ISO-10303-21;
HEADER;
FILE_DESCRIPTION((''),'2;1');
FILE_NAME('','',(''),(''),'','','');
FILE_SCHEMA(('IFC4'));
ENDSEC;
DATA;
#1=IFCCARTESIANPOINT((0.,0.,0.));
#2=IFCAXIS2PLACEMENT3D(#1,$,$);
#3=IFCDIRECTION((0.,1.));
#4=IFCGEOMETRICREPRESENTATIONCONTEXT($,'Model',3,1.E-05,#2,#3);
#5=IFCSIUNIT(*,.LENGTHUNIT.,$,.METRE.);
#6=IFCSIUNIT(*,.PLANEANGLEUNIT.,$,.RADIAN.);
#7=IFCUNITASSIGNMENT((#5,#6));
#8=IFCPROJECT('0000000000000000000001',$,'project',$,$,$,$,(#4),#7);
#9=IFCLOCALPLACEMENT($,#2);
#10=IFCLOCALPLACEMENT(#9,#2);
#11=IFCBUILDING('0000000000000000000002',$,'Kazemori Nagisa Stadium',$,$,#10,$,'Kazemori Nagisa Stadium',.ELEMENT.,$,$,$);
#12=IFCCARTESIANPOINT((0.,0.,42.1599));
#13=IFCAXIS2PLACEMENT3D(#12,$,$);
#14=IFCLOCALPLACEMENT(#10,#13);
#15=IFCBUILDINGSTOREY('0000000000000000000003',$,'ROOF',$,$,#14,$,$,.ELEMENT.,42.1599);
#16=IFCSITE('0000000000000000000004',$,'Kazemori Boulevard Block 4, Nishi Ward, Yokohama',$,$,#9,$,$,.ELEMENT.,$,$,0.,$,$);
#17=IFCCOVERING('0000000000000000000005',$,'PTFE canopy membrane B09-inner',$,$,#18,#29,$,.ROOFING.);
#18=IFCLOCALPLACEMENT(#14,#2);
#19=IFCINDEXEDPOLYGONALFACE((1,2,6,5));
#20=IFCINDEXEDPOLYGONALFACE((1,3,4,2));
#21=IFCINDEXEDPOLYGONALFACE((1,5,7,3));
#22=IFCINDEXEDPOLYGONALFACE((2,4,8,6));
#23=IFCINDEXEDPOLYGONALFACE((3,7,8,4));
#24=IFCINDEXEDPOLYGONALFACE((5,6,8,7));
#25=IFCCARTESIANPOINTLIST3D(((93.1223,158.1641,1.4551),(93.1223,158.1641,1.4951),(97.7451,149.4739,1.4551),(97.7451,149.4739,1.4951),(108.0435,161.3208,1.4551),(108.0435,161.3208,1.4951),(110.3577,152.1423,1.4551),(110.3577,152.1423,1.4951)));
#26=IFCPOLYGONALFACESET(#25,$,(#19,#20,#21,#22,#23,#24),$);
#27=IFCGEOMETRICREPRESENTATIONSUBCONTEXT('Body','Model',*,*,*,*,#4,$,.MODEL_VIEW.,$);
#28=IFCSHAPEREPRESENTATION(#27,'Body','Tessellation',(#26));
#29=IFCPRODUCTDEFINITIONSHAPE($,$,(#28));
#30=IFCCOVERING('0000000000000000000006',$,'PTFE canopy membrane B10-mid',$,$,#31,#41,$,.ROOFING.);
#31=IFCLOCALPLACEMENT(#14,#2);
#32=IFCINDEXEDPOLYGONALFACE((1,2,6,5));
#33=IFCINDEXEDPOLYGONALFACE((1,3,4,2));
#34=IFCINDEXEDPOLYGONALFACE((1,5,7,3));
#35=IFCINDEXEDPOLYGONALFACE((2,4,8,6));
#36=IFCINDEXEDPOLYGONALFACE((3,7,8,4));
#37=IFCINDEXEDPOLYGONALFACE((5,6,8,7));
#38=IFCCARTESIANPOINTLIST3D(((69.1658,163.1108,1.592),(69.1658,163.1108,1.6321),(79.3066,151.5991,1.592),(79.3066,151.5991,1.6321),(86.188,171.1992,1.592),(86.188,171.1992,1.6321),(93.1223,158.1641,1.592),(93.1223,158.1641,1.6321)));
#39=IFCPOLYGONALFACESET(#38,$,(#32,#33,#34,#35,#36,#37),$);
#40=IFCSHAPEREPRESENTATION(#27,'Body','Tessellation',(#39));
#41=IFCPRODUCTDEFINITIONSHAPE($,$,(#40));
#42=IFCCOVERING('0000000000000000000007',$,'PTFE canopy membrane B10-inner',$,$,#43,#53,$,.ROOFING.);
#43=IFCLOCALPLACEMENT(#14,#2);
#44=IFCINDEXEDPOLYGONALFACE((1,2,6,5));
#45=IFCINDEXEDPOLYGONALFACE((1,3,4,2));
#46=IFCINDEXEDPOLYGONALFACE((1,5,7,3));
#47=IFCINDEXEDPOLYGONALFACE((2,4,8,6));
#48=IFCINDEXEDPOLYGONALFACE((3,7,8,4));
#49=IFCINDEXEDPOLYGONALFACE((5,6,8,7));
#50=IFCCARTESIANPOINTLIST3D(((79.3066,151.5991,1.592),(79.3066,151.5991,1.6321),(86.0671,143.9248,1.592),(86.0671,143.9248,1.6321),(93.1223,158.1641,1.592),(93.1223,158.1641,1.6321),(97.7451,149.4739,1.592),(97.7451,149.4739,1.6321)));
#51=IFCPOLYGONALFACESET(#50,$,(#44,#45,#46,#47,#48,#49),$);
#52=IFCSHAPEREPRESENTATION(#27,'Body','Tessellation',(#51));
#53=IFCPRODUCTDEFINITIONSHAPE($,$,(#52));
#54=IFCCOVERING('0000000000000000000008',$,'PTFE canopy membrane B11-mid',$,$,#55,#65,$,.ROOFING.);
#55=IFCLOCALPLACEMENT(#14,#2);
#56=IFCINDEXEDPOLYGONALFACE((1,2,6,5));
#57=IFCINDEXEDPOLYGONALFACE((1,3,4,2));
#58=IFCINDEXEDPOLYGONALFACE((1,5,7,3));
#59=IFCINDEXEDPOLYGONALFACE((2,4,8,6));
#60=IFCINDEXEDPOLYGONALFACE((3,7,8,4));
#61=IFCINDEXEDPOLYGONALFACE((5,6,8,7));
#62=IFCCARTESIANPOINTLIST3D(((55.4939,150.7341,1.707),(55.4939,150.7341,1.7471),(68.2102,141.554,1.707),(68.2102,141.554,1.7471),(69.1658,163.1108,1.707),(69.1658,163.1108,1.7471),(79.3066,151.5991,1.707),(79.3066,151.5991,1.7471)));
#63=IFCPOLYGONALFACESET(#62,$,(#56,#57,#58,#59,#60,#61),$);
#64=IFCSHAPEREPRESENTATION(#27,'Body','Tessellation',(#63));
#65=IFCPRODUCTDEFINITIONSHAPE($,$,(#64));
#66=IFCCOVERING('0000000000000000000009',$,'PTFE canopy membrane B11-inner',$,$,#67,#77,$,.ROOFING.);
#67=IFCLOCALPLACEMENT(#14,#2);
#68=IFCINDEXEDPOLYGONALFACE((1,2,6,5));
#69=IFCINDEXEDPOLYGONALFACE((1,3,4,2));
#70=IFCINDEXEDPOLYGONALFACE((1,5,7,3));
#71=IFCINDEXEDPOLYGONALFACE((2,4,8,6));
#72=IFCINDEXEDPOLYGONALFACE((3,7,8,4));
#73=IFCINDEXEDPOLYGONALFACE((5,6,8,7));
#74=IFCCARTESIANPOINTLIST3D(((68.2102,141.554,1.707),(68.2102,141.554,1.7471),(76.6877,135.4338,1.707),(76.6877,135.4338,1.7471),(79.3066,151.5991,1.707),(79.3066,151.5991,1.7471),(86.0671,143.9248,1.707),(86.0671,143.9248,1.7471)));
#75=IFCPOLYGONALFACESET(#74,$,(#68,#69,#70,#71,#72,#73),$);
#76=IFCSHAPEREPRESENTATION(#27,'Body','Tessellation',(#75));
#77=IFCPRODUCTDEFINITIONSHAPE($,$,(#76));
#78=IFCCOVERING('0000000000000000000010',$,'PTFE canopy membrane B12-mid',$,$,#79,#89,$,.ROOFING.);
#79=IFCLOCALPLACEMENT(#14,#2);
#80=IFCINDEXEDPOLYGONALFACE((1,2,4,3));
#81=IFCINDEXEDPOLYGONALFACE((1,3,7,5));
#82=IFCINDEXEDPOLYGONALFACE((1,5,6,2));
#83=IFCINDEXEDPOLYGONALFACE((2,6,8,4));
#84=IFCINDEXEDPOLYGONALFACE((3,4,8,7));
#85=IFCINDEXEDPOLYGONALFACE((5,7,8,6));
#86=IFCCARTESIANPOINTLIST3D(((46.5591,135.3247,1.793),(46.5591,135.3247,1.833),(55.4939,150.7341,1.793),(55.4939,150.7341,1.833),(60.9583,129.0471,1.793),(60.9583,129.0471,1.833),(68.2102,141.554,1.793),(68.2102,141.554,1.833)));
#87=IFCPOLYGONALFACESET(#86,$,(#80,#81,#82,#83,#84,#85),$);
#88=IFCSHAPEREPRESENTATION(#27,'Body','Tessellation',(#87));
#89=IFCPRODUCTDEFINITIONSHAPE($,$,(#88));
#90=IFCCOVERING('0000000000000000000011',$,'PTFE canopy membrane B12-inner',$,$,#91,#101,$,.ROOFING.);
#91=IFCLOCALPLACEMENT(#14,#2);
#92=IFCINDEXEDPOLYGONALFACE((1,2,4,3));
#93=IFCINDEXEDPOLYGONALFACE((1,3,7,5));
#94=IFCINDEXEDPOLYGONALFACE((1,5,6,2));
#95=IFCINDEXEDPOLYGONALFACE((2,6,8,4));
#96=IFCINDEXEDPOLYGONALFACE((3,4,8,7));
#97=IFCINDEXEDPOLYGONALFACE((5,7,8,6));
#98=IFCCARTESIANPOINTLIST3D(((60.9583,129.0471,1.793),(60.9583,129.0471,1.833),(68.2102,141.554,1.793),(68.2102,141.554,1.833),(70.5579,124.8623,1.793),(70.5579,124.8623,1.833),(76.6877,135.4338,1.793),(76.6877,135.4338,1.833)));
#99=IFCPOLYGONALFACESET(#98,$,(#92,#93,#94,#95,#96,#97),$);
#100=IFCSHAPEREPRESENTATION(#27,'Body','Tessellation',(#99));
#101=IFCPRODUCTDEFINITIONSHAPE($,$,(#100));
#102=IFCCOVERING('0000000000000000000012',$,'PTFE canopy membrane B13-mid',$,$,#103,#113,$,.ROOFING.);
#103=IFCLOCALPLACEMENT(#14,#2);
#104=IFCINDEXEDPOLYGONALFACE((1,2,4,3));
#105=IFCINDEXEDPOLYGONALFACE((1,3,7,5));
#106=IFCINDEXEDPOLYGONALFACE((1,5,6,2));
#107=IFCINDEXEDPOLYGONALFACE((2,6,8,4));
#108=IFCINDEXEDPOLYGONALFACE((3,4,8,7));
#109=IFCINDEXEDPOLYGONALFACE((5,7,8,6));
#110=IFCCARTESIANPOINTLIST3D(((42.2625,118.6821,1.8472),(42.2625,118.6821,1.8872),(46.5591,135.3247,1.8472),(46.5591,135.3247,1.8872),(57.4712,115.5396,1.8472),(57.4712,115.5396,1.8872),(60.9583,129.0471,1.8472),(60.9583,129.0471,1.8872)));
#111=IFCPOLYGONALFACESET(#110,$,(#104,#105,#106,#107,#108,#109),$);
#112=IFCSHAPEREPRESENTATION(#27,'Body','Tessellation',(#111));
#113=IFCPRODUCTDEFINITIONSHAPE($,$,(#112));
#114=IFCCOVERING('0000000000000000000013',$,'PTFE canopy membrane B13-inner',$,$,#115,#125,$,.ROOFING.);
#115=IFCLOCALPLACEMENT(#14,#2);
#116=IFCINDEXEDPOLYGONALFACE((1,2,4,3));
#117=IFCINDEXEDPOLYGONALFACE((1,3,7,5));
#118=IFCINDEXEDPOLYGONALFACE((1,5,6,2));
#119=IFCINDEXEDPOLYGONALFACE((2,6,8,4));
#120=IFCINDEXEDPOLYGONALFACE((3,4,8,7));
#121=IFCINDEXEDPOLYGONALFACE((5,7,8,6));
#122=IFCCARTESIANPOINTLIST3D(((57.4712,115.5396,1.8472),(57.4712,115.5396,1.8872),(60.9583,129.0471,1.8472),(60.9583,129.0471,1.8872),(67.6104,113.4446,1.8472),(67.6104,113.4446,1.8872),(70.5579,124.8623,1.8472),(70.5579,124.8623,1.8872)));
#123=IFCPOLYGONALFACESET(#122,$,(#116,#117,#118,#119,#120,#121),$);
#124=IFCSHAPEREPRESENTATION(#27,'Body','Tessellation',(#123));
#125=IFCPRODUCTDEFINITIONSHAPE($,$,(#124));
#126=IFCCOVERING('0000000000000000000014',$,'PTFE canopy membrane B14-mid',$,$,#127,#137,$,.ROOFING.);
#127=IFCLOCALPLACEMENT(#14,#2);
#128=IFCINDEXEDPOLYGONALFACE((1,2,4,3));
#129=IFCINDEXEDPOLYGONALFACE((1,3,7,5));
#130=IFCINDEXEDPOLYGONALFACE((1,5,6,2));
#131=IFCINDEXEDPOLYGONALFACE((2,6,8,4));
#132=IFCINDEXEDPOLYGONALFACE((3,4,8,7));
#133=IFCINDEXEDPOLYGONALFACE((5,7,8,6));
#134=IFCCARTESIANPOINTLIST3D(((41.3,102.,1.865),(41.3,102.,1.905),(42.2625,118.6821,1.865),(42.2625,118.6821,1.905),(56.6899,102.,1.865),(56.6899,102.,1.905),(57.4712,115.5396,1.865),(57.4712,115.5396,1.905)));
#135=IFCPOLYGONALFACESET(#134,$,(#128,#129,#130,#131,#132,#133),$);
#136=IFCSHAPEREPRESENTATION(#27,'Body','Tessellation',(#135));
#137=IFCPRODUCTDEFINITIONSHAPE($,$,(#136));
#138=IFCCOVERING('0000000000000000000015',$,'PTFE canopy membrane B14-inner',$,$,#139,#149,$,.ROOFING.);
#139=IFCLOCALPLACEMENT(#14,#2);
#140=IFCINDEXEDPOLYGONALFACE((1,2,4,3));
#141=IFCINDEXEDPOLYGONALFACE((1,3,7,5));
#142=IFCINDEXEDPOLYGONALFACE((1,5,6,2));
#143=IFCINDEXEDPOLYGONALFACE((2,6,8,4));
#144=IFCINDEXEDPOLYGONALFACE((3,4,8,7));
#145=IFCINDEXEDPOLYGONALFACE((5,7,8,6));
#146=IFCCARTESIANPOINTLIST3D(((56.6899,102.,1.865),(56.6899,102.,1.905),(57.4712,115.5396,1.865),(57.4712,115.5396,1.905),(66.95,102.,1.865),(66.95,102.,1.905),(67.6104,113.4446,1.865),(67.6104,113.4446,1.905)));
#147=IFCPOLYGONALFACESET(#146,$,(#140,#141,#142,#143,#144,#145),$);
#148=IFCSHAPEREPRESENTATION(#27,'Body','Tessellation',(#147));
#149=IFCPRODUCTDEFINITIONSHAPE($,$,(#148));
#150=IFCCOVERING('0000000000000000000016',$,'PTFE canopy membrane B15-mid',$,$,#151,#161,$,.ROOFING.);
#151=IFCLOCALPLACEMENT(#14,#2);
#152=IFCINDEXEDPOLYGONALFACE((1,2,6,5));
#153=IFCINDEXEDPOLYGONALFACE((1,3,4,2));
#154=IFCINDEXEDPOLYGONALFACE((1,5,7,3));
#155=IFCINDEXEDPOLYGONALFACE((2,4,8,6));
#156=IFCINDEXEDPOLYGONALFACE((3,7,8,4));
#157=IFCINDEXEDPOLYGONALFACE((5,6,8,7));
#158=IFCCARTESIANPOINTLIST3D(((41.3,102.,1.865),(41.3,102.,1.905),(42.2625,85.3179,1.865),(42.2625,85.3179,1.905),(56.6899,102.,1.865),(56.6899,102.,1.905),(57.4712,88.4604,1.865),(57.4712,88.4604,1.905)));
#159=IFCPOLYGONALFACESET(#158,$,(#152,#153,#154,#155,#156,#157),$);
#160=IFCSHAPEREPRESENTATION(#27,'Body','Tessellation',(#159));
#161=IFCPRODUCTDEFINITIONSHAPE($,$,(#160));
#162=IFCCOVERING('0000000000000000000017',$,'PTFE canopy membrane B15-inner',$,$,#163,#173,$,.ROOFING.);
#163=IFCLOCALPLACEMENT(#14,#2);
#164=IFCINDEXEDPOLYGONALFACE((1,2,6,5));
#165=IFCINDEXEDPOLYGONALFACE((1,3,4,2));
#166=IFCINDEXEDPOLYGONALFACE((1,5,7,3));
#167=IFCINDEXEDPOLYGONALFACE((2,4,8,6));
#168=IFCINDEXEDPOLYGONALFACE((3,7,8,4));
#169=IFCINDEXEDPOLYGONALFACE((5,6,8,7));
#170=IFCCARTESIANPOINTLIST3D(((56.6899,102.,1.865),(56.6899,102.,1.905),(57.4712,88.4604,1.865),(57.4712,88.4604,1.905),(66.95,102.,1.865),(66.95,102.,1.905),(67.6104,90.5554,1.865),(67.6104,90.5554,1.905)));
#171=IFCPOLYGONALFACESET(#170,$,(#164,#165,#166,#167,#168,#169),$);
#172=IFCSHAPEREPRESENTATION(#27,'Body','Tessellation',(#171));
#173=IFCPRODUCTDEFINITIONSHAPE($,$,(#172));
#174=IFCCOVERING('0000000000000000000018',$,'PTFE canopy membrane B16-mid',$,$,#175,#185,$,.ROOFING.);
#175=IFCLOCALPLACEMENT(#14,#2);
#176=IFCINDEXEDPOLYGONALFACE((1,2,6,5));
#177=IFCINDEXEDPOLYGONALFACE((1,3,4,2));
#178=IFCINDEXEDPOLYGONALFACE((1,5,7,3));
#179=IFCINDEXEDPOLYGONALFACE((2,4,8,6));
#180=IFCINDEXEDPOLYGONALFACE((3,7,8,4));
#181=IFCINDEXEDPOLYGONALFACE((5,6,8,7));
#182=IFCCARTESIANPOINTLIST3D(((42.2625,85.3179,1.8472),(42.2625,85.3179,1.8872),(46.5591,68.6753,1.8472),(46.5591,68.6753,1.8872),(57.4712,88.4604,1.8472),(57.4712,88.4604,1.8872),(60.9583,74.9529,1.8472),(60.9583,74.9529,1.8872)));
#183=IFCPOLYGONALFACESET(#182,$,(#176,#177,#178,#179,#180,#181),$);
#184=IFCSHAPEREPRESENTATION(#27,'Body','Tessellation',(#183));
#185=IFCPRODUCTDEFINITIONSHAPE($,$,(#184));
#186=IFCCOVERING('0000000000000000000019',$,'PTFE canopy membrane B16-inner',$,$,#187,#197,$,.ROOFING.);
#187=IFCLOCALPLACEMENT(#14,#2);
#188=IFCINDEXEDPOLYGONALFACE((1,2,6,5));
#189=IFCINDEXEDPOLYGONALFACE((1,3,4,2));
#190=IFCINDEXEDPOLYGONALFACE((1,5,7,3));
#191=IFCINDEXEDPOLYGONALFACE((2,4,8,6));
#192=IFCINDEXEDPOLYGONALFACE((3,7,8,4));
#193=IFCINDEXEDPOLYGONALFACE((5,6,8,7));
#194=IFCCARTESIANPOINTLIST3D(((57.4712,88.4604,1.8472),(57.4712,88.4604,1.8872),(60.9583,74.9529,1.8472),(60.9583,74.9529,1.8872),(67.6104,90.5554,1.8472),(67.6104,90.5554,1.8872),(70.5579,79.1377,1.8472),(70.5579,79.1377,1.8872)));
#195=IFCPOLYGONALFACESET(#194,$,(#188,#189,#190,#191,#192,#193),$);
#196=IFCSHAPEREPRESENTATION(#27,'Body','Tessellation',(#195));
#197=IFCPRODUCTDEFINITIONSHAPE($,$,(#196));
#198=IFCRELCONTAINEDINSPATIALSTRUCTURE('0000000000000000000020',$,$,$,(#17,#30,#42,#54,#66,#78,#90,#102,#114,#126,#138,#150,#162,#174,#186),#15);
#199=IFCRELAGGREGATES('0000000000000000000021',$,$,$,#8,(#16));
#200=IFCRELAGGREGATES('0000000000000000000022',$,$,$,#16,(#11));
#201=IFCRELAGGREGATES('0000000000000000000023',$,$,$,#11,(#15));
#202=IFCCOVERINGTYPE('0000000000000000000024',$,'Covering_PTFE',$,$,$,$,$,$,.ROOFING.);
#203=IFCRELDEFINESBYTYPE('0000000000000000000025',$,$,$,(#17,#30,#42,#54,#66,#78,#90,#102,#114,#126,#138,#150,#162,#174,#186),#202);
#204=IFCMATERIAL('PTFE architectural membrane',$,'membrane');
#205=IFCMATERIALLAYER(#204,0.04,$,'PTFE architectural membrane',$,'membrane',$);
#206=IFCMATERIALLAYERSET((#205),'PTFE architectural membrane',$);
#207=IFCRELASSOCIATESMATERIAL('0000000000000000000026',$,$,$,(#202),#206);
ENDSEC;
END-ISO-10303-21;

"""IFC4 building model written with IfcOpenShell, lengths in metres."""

from ifc_helpers import new_model, si_unit, direction, frame, origin, place, context, subcontext, project, spatial, polyline, outline, extrude, material, layer, layer_set, type_object, element, save


model = new_model("IFC4")

# Units and contexts
model_context = context("Model", 3, precision=1e-05, world=origin(), true_north=direction((0.0, 1.0)))
body_context = subcontext(model_context, "Body", "Model", "MODEL_VIEW")
ifc_project = project(units=[si_unit("LENGTHUNIT", "METRE"), si_unit("PLANEANGLEUNIT", "RADIAN")], contexts=[model_context])

# Site, building, storey
site_placement = place(None, origin())
site = spatial("IfcSite", under=ifc_project, at=site_placement, Name="Kazemori Boulevard Block 4, Nishi Ward, Yokohama", CompositionType="ELEMENT", RefElevation=0.0)
building_placement = place(site_placement, origin())
building = spatial("IfcBuilding", under=site, at=building_placement, Name="Kazemori Nagisa Stadium", LongName="Kazemori Nagisa Stadium", CompositionType="ELEMENT")
storey_placement = place(building_placement, frame((0.0, 0.0, 42.1599)))
storey = spatial("IfcBuildingStorey", under=building, at=storey_placement, Name="ROOF", CompositionType="ELEMENT", Elevation=42.1599)

# Coverings
ifc_material_1 = material(Name="PTFE architectural membrane", Category="membrane")
ifc_layer_1 = layer(ifc_material_1, 0.04, Name="PTFE architectural membrane", Category="membrane")
ifc_layer_set_1 = layer_set([ifc_layer_1], Name="PTFE architectural membrane")
covering_type = type_object("IfcCoveringType", Name="Covering_PTFE", PredefinedType="ROOFING", material=ifc_layer_set_1)
covering_1_placement = place(storey_placement, frame((0.0, 0.0, 1.4551)))
element("IfcCovering", 1, at=covering_1_placement, inside=storey, type_object=covering_type, Name="PTFE canopy membrane B09-inner", PredefinedType="ROOFING", context=body_context, shape_type="SweptSolid", body=[
    extrude(outline(polyline([(108.0435, 161.3208), (93.1223, 158.1641), (97.7451, 149.4739), (110.3577, 152.1423), (108.0435, 161.3208)])), origin(), (0.0, 0.0, 1.0), 0.04),
])
covering_2_placement = place(storey_placement, frame((0.0, 0.0, 1.592)))
element("IfcCovering", 2, at=covering_2_placement, inside=storey, type_object=covering_type, Name="PTFE canopy membrane B10-mid", PredefinedType="ROOFING", context=body_context, shape_type="SweptSolid", body=[
    extrude(outline(polyline([(86.188, 171.1992), (69.1658, 163.1108), (79.3066, 151.5991), (93.1223, 158.1641), (86.188, 171.1992)])), origin(), (0.0, 0.0, 1.0), 0.04),
])
covering_3_placement = place(storey_placement, frame((0.0, 0.0, 1.592)))
element("IfcCovering", 3, at=covering_3_placement, inside=storey, type_object=covering_type, Name="PTFE canopy membrane B10-inner", PredefinedType="ROOFING", context=body_context, shape_type="SweptSolid", body=[
    extrude(outline(polyline([(93.1223, 158.1641), (79.3066, 151.5991), (86.0671, 143.9248), (97.7451, 149.4739), (93.1223, 158.1641)])), origin(), (0.0, 0.0, 1.0), 0.04),
])
covering_4_placement = place(storey_placement, frame((0.0, 0.0, 1.707)))
element("IfcCovering", 4, at=covering_4_placement, inside=storey, type_object=covering_type, Name="PTFE canopy membrane B11-mid", PredefinedType="ROOFING", context=body_context, shape_type="SweptSolid", body=[
    extrude(outline(polyline([(69.1658, 163.1108), (55.4939, 150.7341), (68.2102, 141.554), (79.3066, 151.5991), (69.1658, 163.1108)])), origin(), (0.0, 0.0, 1.0), 0.04),
])
covering_5_placement = place(storey_placement, frame((0.0, 0.0, 1.707)))
element("IfcCovering", 5, at=covering_5_placement, inside=storey, type_object=covering_type, Name="PTFE canopy membrane B11-inner", PredefinedType="ROOFING", context=body_context, shape_type="SweptSolid", body=[
    extrude(outline(polyline([(79.3066, 151.5991), (68.2102, 141.554), (76.6877, 135.4338), (86.0671, 143.9248), (79.3066, 151.5991)])), origin(), (0.0, 0.0, 1.0), 0.04),
])
covering_6_placement = place(storey_placement, frame((0.0, 0.0, 1.793)))
element("IfcCovering", 6, at=covering_6_placement, inside=storey, type_object=covering_type, Name="PTFE canopy membrane B12-mid", PredefinedType="ROOFING", context=body_context, shape_type="SweptSolid", body=[
    extrude(outline(polyline([(55.4939, 150.7341), (46.5591, 135.3247), (60.9583, 129.0471), (68.2102, 141.554), (55.4939, 150.7341)])), origin(), (0.0, 0.0, 1.0), 0.04),
])
covering_7_placement = place(storey_placement, frame((0.0, 0.0, 1.793)))
element("IfcCovering", 7, at=covering_7_placement, inside=storey, type_object=covering_type, Name="PTFE canopy membrane B12-inner", PredefinedType="ROOFING", context=body_context, shape_type="SweptSolid", body=[
    extrude(outline(polyline([(68.2102, 141.554), (60.9583, 129.0471), (70.5579, 124.8623), (76.6877, 135.4338), (68.2102, 141.554)])), origin(), (0.0, 0.0, 1.0), 0.04),
])
covering_8_placement = place(storey_placement, frame((0.0, 0.0, 1.8472)))
element("IfcCovering", 8, at=covering_8_placement, inside=storey, type_object=covering_type, Name="PTFE canopy membrane B13-mid", PredefinedType="ROOFING", context=body_context, shape_type="SweptSolid", body=[
    extrude(outline(polyline([(46.5591, 135.3247), (42.2625, 118.6821), (57.4712, 115.5396), (60.9583, 129.0471), (46.5591, 135.3247)])), origin(), (0.0, 0.0, 1.0), 0.04),
])
covering_9_placement = place(storey_placement, frame((0.0, 0.0, 1.8472)))
element("IfcCovering", 9, at=covering_9_placement, inside=storey, type_object=covering_type, Name="PTFE canopy membrane B13-inner", PredefinedType="ROOFING", context=body_context, shape_type="SweptSolid", body=[
    extrude(outline(polyline([(60.9583, 129.0471), (57.4712, 115.5396), (67.6104, 113.4446), (70.5579, 124.8623), (60.9583, 129.0471)])), origin(), (0.0, 0.0, 1.0), 0.04),
])
covering_10_placement = place(storey_placement, frame((0.0, 0.0, 1.865)))
element("IfcCovering", 10, at=covering_10_placement, inside=storey, type_object=covering_type, Name="PTFE canopy membrane B14-mid", PredefinedType="ROOFING", context=body_context, shape_type="SweptSolid", body=[
    extrude(outline(polyline([(42.2625, 118.6821), (41.3, 102.0), (56.6899, 102.0), (57.4712, 115.5396), (42.2625, 118.6821)])), origin(), (0.0, 0.0, 1.0), 0.04),
])
covering_11_placement = place(storey_placement, frame((0.0, 0.0, 1.865)))
element("IfcCovering", 11, at=covering_11_placement, inside=storey, type_object=covering_type, Name="PTFE canopy membrane B14-inner", PredefinedType="ROOFING", context=body_context, shape_type="SweptSolid", body=[
    extrude(outline(polyline([(57.4712, 115.5396), (56.6899, 102.0), (66.95, 102.0), (67.6104, 113.4446), (57.4712, 115.5396)])), origin(), (0.0, 0.0, 1.0), 0.04),
])
covering_12_placement = place(storey_placement, frame((0.0, 0.0, 1.865)))
element("IfcCovering", 12, at=covering_12_placement, inside=storey, type_object=covering_type, Name="PTFE canopy membrane B15-mid", PredefinedType="ROOFING", context=body_context, shape_type="SweptSolid", body=[
    extrude(outline(polyline([(41.3, 102.0), (42.2625, 85.3179), (57.4712, 88.4604), (56.6899, 102.0), (41.3, 102.0)])), origin(), (0.0, 0.0, 1.0), 0.04),
])
covering_13_placement = place(storey_placement, frame((0.0, 0.0, 1.865)))
element("IfcCovering", 13, at=covering_13_placement, inside=storey, type_object=covering_type, Name="PTFE canopy membrane B15-inner", PredefinedType="ROOFING", context=body_context, shape_type="SweptSolid", body=[
    extrude(outline(polyline([(56.6899, 102.0), (57.4712, 88.4604), (67.6104, 90.5554), (66.95, 102.0), (56.6899, 102.0)])), origin(), (0.0, 0.0, 1.0), 0.04),
])
covering_14_placement = place(storey_placement, frame((0.0, 0.0, 1.8472)))
element("IfcCovering", 14, at=covering_14_placement, inside=storey, type_object=covering_type, Name="PTFE canopy membrane B16-mid", PredefinedType="ROOFING", context=body_context, shape_type="SweptSolid", body=[
    extrude(outline(polyline([(42.2625, 85.3179), (46.5591, 68.6753), (60.9583, 74.9529), (57.4712, 88.4604), (42.2625, 85.3179)])), origin(), (0.0, 0.0, 1.0), 0.04),
])
covering_15_placement = place(storey_placement, frame((0.0, 0.0, 1.8472)))
element("IfcCovering", 15, at=covering_15_placement, inside=storey, type_object=covering_type, Name="PTFE canopy membrane B16-inner", PredefinedType="ROOFING", context=body_context, shape_type="SweptSolid", body=[
    extrude(outline(polyline([(57.4712, 88.4604), (60.9583, 74.9529), (70.5579, 79.1377), (67.6104, 90.5554), (57.4712, 88.4604)])), origin(), (0.0, 0.0, 1.0), 0.04),
])

save(model, "model.ifc")
